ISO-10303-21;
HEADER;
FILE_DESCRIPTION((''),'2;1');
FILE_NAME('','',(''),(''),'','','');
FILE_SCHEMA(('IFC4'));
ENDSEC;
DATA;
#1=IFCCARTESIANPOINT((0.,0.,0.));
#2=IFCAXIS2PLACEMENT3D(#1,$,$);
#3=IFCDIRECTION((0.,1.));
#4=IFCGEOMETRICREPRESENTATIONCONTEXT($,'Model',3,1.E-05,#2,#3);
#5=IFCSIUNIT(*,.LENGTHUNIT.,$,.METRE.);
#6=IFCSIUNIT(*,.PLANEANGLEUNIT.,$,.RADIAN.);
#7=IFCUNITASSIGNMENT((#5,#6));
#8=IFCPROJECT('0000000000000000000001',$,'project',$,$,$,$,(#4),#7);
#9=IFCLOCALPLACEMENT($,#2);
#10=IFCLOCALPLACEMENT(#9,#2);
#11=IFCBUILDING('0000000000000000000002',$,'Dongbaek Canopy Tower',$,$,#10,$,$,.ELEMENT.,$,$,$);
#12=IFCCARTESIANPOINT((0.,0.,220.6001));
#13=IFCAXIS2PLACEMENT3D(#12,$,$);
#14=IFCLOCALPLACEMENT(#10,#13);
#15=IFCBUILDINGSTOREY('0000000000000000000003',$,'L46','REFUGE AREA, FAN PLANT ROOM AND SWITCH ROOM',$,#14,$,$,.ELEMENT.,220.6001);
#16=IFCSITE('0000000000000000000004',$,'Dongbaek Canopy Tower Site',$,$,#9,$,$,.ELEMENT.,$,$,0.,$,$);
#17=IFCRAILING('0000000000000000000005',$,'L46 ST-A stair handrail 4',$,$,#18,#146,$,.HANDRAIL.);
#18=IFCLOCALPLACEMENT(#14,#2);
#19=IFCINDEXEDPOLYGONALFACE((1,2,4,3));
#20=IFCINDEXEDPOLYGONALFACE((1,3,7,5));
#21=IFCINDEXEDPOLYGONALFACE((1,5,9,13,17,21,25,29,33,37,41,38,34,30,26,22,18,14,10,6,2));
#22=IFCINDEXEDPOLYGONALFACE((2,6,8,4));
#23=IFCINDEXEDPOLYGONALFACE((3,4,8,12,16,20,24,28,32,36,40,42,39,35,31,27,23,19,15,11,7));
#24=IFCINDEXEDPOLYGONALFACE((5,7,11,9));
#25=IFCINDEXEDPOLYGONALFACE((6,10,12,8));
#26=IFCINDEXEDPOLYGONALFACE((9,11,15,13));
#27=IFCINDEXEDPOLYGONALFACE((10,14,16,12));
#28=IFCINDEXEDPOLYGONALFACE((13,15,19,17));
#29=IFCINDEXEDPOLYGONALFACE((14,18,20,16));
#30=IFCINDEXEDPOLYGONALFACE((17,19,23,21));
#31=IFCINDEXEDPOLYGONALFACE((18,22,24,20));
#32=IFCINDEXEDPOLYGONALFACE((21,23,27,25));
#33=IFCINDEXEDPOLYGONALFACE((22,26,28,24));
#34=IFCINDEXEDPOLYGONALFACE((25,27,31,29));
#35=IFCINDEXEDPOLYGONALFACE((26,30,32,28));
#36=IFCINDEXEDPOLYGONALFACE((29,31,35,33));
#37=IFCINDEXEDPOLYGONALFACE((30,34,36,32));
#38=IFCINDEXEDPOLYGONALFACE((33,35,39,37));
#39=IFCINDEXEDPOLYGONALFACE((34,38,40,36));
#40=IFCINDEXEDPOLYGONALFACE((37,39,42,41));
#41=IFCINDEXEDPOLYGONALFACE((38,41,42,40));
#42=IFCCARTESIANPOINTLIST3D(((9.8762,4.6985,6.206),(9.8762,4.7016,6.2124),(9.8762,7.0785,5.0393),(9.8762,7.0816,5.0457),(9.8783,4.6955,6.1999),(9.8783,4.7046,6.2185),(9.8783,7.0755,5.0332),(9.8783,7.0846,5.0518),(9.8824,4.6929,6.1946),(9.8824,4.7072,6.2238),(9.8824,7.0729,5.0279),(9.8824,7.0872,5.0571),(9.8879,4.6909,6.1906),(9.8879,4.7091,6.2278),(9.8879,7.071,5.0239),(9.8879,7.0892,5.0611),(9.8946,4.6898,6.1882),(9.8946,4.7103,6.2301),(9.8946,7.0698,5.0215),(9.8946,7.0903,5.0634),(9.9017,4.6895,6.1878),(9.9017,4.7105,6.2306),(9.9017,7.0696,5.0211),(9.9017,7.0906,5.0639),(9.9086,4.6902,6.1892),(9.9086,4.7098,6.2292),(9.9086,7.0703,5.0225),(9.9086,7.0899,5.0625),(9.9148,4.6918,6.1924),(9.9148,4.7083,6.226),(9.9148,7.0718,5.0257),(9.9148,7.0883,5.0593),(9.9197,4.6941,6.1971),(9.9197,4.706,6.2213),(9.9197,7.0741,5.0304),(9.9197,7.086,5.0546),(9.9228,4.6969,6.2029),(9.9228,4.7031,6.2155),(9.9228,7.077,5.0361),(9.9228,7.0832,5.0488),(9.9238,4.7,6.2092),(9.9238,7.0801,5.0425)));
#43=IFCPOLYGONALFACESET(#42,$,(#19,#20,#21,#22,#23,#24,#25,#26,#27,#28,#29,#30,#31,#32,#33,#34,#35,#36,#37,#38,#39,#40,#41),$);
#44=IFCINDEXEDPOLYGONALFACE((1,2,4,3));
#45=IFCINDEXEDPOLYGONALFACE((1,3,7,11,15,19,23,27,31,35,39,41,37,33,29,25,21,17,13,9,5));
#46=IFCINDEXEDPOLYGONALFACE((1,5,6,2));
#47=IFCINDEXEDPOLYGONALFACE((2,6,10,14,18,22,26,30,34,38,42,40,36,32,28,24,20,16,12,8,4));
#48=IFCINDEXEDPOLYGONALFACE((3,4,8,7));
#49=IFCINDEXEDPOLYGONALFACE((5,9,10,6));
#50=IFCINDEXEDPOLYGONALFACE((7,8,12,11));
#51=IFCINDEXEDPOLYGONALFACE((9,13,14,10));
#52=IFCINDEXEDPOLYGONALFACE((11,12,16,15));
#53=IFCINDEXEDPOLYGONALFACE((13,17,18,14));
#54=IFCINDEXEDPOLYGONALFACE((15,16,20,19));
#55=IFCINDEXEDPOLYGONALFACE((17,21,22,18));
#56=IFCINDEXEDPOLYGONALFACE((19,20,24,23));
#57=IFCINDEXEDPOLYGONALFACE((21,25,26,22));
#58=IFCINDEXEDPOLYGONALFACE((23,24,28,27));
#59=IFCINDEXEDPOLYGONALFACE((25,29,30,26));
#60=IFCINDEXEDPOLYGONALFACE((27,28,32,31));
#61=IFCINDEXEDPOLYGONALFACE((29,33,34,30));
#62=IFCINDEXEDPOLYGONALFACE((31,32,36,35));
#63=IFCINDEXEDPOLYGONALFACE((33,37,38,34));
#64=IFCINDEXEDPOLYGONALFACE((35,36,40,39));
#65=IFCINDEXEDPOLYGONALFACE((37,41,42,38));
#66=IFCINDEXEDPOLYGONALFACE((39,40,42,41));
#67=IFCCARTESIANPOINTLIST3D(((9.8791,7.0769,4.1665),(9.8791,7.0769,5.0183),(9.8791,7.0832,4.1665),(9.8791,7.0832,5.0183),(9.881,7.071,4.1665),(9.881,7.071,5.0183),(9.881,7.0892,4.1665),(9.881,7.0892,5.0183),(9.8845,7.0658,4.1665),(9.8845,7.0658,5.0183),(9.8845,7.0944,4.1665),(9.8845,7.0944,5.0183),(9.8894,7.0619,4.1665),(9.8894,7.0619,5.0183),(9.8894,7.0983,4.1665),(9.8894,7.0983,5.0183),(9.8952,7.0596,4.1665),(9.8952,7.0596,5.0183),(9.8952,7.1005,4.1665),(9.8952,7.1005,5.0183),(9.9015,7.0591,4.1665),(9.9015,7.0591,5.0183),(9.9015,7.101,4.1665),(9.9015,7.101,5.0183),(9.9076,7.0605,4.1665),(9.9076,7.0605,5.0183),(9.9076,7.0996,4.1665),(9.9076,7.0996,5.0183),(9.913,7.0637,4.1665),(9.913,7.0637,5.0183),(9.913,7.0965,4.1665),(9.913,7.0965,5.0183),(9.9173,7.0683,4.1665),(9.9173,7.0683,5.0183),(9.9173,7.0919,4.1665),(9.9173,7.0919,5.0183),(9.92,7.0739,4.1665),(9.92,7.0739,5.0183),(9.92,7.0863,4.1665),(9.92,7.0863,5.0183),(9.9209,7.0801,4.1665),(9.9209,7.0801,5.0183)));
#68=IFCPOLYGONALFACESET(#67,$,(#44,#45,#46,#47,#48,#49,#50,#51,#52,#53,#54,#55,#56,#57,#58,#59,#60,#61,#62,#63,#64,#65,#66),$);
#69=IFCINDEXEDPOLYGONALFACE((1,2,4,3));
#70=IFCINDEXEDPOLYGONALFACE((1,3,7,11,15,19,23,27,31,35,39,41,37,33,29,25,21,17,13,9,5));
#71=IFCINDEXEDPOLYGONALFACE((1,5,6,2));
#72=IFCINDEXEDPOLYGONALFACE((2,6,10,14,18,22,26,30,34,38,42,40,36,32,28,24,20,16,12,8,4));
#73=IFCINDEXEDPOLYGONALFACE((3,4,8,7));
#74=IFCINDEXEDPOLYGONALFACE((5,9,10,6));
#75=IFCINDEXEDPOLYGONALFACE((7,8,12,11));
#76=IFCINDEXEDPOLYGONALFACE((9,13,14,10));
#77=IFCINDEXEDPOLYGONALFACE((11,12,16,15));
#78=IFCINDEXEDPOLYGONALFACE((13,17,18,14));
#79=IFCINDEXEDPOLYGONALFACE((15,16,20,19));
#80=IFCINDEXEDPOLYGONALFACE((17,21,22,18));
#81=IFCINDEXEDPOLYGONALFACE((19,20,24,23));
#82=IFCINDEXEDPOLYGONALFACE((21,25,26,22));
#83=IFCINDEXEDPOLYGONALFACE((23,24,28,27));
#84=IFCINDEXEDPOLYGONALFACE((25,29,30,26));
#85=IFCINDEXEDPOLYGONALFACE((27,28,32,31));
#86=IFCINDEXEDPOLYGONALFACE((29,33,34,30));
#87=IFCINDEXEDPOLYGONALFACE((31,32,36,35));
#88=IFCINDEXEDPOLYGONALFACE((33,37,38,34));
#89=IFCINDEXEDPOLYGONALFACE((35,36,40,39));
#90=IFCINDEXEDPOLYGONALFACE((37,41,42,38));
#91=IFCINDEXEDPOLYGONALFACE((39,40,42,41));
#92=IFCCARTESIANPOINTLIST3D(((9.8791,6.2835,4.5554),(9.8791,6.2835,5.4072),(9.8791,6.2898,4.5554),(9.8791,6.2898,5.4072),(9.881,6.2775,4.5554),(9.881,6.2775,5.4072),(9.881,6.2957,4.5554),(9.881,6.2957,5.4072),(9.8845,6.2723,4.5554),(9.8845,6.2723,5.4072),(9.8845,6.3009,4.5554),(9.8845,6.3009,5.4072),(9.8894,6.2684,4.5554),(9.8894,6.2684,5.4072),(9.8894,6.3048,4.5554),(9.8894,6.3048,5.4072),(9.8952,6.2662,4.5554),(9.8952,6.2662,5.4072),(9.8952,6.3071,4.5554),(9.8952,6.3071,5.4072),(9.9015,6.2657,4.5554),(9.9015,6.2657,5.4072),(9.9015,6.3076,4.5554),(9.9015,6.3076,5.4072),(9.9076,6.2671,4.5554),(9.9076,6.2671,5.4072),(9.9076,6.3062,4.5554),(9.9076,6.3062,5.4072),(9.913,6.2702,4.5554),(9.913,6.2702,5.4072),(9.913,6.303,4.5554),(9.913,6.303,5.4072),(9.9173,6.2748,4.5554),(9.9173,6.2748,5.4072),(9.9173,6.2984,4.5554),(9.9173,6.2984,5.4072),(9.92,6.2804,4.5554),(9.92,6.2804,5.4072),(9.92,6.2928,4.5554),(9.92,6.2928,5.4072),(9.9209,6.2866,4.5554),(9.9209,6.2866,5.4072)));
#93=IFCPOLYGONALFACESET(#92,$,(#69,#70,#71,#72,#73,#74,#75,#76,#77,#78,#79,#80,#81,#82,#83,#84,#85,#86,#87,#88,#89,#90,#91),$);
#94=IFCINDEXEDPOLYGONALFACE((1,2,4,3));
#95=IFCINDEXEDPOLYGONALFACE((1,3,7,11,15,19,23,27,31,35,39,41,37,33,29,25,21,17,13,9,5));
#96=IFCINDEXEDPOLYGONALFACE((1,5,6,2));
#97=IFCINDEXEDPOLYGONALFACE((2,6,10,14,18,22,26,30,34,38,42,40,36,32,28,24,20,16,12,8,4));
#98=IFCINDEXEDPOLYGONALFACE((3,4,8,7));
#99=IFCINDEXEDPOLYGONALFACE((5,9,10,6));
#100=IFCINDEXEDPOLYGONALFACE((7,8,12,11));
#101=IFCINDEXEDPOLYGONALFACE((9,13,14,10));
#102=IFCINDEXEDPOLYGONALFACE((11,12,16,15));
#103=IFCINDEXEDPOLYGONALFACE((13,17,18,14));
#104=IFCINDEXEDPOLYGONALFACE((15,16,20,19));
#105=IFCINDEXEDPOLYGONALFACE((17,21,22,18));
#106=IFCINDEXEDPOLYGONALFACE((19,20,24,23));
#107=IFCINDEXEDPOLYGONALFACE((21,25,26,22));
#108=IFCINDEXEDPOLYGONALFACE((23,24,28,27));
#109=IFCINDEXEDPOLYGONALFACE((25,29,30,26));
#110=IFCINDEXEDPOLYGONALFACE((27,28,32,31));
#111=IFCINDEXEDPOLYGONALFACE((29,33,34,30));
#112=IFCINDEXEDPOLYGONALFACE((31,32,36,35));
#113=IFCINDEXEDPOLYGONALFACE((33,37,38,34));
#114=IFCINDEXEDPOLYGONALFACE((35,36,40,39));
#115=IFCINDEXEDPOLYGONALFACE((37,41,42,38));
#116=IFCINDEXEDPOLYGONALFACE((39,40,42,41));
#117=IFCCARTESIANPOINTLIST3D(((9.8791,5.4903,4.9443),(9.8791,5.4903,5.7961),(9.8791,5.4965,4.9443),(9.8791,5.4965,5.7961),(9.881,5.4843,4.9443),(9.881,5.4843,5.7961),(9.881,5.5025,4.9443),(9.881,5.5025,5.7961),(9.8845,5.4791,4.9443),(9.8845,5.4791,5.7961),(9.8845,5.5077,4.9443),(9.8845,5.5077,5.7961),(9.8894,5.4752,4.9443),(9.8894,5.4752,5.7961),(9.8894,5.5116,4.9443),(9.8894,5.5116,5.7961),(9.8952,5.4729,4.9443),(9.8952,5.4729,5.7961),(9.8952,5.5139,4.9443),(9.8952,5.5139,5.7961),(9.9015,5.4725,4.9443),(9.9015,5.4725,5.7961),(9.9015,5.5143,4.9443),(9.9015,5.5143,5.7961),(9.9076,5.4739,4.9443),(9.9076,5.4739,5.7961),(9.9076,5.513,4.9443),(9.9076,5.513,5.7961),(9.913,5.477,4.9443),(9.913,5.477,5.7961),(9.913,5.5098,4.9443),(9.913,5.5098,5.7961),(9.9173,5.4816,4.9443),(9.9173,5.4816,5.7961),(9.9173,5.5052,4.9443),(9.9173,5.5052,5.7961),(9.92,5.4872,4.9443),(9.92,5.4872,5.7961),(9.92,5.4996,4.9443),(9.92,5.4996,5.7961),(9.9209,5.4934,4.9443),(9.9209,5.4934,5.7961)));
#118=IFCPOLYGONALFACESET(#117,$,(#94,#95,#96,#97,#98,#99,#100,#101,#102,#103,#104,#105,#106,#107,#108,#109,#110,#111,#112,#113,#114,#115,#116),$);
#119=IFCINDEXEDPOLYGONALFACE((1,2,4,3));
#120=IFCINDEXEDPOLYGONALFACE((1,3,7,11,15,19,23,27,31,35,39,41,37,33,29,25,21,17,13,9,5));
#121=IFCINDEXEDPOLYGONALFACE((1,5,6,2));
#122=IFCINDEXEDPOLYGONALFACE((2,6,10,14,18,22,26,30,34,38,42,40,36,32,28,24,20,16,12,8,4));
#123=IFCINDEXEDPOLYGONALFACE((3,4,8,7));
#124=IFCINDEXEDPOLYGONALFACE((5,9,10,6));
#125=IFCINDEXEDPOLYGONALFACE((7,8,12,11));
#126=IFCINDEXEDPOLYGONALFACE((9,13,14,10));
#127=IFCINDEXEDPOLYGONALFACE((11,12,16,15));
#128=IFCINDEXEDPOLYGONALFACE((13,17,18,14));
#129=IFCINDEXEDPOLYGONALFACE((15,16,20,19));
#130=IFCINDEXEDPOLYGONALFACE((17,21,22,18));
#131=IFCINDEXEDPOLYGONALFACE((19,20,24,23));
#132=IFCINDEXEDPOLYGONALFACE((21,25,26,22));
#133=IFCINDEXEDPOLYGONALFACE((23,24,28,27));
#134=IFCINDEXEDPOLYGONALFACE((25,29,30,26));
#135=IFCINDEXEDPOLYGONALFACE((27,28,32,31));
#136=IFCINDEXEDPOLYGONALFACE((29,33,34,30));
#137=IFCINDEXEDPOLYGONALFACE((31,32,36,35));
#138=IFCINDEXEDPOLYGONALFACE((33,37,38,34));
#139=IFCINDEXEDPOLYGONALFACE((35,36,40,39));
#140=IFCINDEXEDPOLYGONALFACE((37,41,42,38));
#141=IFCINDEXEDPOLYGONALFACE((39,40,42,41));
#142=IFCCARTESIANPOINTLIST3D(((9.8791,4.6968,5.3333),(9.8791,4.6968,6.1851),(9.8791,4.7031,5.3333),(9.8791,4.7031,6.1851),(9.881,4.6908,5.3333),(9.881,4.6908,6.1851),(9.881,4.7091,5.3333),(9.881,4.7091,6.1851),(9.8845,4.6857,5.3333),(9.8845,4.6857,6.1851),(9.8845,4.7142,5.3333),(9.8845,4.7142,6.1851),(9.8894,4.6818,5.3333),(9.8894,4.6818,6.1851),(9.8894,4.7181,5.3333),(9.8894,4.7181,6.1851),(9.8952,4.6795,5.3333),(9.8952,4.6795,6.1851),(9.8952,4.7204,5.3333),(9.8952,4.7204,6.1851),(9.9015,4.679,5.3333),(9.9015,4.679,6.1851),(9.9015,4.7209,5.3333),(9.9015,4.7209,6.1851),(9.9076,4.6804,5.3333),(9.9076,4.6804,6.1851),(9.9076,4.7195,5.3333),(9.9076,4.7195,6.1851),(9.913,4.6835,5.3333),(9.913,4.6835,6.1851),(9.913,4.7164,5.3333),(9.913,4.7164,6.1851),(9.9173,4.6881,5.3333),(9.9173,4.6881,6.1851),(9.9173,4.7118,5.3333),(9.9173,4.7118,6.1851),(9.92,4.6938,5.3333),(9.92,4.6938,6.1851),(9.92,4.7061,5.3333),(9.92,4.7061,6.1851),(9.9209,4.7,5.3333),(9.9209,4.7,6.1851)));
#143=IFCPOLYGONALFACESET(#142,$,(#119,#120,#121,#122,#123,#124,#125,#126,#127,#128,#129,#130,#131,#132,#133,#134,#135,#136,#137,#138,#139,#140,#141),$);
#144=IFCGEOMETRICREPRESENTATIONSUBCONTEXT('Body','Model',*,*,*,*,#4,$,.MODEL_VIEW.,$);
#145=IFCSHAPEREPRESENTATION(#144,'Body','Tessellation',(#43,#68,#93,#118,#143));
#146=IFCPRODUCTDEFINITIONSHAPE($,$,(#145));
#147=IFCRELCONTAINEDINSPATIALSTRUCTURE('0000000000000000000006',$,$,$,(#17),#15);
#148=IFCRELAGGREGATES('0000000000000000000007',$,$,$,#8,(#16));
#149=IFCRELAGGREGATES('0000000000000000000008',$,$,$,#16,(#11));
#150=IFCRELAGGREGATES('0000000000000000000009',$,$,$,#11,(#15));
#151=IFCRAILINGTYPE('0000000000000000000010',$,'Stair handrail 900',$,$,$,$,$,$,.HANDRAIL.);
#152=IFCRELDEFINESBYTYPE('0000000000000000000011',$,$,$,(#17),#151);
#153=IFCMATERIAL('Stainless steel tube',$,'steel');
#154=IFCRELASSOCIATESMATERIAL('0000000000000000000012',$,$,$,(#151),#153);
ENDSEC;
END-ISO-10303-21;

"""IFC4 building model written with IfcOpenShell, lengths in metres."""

from ifc_helpers import new_model, si_unit, direction, frame, origin, origin_2d, place, context, subcontext, project, spatial, circle, extrude, material, type_object, element, save


model = new_model("IFC4")

# Units and contexts
model_context = context("Model", 3, precision=1e-05, world=origin(), true_north=direction((0.0, 1.0)))
body_context = subcontext(model_context, "Body", "Model", "MODEL_VIEW")
ifc_project = project(units=[si_unit("LENGTHUNIT", "METRE"), si_unit("PLANEANGLEUNIT", "RADIAN")], contexts=[model_context])

# Site, building, storey
site_placement = place(None, origin())
site = spatial("IfcSite", under=ifc_project, at=site_placement, Name="Dongbaek Canopy Tower Site", CompositionType="ELEMENT", RefElevation=0.0)
building_placement = place(site_placement, origin())
building = spatial("IfcBuilding", under=site, at=building_placement, Name="Dongbaek Canopy Tower", CompositionType="ELEMENT")
storey_placement = place(building_placement, frame((0.0, 0.0, 220.6001)))
storey = spatial("IfcBuildingStorey", under=building, at=storey_placement, Name="L46", Description="REFUGE AREA, FAN PLANT ROOM AND SWITCH ROOM", CompositionType="ELEMENT", Elevation=220.6001)

# Railing
ifc_material_1 = material(Name="Stainless steel tube", Category="steel")
railing_type = type_object("IfcRailingType", Name="Stair handrail 900", PredefinedType="HANDRAIL", material=ifc_material_1)
for number, where, name in (
    (1, (9.8999, 7.0801, 4.1665), "L46 ST-A stair handrail 4"),
):
    element("IfcRailing", number, at=place(storey_placement, frame(where)), inside=storey, type_object=railing_type, Name=name, PredefinedType="HANDRAIL", context=body_context, shape_type="SweptSolid", body=[
        extrude(circle(Radius=0.0239, at=origin_2d()), frame((0.0, 0.0, 0.876), z_axis=(0.0, -0.897918, 0.440163), x_axis=(1.0, 0.0, 0.0)), (0.0, 0.0, 1.0), 2.6506),
        extrude(circle(Radius=0.021, at=origin_2d()), origin(), (0.0, 0.0, 1.0), 0.8518),
        extrude(circle(Radius=0.021, at=origin_2d()), frame((0.0, -0.7935, 0.3889)), (0.0, 0.0, 1.0), 0.8518),
        extrude(circle(Radius=0.021, at=origin_2d()), frame((0.0, -1.5867, 0.7778)), (0.0, 0.0, 1.0), 0.8518),
        extrude(circle(Radius=0.021, at=origin_2d()), frame((0.0, -2.3801, 1.1667)), (0.0, 0.0, 1.0), 0.8518),
    ])

save(model, "model.ifc")
